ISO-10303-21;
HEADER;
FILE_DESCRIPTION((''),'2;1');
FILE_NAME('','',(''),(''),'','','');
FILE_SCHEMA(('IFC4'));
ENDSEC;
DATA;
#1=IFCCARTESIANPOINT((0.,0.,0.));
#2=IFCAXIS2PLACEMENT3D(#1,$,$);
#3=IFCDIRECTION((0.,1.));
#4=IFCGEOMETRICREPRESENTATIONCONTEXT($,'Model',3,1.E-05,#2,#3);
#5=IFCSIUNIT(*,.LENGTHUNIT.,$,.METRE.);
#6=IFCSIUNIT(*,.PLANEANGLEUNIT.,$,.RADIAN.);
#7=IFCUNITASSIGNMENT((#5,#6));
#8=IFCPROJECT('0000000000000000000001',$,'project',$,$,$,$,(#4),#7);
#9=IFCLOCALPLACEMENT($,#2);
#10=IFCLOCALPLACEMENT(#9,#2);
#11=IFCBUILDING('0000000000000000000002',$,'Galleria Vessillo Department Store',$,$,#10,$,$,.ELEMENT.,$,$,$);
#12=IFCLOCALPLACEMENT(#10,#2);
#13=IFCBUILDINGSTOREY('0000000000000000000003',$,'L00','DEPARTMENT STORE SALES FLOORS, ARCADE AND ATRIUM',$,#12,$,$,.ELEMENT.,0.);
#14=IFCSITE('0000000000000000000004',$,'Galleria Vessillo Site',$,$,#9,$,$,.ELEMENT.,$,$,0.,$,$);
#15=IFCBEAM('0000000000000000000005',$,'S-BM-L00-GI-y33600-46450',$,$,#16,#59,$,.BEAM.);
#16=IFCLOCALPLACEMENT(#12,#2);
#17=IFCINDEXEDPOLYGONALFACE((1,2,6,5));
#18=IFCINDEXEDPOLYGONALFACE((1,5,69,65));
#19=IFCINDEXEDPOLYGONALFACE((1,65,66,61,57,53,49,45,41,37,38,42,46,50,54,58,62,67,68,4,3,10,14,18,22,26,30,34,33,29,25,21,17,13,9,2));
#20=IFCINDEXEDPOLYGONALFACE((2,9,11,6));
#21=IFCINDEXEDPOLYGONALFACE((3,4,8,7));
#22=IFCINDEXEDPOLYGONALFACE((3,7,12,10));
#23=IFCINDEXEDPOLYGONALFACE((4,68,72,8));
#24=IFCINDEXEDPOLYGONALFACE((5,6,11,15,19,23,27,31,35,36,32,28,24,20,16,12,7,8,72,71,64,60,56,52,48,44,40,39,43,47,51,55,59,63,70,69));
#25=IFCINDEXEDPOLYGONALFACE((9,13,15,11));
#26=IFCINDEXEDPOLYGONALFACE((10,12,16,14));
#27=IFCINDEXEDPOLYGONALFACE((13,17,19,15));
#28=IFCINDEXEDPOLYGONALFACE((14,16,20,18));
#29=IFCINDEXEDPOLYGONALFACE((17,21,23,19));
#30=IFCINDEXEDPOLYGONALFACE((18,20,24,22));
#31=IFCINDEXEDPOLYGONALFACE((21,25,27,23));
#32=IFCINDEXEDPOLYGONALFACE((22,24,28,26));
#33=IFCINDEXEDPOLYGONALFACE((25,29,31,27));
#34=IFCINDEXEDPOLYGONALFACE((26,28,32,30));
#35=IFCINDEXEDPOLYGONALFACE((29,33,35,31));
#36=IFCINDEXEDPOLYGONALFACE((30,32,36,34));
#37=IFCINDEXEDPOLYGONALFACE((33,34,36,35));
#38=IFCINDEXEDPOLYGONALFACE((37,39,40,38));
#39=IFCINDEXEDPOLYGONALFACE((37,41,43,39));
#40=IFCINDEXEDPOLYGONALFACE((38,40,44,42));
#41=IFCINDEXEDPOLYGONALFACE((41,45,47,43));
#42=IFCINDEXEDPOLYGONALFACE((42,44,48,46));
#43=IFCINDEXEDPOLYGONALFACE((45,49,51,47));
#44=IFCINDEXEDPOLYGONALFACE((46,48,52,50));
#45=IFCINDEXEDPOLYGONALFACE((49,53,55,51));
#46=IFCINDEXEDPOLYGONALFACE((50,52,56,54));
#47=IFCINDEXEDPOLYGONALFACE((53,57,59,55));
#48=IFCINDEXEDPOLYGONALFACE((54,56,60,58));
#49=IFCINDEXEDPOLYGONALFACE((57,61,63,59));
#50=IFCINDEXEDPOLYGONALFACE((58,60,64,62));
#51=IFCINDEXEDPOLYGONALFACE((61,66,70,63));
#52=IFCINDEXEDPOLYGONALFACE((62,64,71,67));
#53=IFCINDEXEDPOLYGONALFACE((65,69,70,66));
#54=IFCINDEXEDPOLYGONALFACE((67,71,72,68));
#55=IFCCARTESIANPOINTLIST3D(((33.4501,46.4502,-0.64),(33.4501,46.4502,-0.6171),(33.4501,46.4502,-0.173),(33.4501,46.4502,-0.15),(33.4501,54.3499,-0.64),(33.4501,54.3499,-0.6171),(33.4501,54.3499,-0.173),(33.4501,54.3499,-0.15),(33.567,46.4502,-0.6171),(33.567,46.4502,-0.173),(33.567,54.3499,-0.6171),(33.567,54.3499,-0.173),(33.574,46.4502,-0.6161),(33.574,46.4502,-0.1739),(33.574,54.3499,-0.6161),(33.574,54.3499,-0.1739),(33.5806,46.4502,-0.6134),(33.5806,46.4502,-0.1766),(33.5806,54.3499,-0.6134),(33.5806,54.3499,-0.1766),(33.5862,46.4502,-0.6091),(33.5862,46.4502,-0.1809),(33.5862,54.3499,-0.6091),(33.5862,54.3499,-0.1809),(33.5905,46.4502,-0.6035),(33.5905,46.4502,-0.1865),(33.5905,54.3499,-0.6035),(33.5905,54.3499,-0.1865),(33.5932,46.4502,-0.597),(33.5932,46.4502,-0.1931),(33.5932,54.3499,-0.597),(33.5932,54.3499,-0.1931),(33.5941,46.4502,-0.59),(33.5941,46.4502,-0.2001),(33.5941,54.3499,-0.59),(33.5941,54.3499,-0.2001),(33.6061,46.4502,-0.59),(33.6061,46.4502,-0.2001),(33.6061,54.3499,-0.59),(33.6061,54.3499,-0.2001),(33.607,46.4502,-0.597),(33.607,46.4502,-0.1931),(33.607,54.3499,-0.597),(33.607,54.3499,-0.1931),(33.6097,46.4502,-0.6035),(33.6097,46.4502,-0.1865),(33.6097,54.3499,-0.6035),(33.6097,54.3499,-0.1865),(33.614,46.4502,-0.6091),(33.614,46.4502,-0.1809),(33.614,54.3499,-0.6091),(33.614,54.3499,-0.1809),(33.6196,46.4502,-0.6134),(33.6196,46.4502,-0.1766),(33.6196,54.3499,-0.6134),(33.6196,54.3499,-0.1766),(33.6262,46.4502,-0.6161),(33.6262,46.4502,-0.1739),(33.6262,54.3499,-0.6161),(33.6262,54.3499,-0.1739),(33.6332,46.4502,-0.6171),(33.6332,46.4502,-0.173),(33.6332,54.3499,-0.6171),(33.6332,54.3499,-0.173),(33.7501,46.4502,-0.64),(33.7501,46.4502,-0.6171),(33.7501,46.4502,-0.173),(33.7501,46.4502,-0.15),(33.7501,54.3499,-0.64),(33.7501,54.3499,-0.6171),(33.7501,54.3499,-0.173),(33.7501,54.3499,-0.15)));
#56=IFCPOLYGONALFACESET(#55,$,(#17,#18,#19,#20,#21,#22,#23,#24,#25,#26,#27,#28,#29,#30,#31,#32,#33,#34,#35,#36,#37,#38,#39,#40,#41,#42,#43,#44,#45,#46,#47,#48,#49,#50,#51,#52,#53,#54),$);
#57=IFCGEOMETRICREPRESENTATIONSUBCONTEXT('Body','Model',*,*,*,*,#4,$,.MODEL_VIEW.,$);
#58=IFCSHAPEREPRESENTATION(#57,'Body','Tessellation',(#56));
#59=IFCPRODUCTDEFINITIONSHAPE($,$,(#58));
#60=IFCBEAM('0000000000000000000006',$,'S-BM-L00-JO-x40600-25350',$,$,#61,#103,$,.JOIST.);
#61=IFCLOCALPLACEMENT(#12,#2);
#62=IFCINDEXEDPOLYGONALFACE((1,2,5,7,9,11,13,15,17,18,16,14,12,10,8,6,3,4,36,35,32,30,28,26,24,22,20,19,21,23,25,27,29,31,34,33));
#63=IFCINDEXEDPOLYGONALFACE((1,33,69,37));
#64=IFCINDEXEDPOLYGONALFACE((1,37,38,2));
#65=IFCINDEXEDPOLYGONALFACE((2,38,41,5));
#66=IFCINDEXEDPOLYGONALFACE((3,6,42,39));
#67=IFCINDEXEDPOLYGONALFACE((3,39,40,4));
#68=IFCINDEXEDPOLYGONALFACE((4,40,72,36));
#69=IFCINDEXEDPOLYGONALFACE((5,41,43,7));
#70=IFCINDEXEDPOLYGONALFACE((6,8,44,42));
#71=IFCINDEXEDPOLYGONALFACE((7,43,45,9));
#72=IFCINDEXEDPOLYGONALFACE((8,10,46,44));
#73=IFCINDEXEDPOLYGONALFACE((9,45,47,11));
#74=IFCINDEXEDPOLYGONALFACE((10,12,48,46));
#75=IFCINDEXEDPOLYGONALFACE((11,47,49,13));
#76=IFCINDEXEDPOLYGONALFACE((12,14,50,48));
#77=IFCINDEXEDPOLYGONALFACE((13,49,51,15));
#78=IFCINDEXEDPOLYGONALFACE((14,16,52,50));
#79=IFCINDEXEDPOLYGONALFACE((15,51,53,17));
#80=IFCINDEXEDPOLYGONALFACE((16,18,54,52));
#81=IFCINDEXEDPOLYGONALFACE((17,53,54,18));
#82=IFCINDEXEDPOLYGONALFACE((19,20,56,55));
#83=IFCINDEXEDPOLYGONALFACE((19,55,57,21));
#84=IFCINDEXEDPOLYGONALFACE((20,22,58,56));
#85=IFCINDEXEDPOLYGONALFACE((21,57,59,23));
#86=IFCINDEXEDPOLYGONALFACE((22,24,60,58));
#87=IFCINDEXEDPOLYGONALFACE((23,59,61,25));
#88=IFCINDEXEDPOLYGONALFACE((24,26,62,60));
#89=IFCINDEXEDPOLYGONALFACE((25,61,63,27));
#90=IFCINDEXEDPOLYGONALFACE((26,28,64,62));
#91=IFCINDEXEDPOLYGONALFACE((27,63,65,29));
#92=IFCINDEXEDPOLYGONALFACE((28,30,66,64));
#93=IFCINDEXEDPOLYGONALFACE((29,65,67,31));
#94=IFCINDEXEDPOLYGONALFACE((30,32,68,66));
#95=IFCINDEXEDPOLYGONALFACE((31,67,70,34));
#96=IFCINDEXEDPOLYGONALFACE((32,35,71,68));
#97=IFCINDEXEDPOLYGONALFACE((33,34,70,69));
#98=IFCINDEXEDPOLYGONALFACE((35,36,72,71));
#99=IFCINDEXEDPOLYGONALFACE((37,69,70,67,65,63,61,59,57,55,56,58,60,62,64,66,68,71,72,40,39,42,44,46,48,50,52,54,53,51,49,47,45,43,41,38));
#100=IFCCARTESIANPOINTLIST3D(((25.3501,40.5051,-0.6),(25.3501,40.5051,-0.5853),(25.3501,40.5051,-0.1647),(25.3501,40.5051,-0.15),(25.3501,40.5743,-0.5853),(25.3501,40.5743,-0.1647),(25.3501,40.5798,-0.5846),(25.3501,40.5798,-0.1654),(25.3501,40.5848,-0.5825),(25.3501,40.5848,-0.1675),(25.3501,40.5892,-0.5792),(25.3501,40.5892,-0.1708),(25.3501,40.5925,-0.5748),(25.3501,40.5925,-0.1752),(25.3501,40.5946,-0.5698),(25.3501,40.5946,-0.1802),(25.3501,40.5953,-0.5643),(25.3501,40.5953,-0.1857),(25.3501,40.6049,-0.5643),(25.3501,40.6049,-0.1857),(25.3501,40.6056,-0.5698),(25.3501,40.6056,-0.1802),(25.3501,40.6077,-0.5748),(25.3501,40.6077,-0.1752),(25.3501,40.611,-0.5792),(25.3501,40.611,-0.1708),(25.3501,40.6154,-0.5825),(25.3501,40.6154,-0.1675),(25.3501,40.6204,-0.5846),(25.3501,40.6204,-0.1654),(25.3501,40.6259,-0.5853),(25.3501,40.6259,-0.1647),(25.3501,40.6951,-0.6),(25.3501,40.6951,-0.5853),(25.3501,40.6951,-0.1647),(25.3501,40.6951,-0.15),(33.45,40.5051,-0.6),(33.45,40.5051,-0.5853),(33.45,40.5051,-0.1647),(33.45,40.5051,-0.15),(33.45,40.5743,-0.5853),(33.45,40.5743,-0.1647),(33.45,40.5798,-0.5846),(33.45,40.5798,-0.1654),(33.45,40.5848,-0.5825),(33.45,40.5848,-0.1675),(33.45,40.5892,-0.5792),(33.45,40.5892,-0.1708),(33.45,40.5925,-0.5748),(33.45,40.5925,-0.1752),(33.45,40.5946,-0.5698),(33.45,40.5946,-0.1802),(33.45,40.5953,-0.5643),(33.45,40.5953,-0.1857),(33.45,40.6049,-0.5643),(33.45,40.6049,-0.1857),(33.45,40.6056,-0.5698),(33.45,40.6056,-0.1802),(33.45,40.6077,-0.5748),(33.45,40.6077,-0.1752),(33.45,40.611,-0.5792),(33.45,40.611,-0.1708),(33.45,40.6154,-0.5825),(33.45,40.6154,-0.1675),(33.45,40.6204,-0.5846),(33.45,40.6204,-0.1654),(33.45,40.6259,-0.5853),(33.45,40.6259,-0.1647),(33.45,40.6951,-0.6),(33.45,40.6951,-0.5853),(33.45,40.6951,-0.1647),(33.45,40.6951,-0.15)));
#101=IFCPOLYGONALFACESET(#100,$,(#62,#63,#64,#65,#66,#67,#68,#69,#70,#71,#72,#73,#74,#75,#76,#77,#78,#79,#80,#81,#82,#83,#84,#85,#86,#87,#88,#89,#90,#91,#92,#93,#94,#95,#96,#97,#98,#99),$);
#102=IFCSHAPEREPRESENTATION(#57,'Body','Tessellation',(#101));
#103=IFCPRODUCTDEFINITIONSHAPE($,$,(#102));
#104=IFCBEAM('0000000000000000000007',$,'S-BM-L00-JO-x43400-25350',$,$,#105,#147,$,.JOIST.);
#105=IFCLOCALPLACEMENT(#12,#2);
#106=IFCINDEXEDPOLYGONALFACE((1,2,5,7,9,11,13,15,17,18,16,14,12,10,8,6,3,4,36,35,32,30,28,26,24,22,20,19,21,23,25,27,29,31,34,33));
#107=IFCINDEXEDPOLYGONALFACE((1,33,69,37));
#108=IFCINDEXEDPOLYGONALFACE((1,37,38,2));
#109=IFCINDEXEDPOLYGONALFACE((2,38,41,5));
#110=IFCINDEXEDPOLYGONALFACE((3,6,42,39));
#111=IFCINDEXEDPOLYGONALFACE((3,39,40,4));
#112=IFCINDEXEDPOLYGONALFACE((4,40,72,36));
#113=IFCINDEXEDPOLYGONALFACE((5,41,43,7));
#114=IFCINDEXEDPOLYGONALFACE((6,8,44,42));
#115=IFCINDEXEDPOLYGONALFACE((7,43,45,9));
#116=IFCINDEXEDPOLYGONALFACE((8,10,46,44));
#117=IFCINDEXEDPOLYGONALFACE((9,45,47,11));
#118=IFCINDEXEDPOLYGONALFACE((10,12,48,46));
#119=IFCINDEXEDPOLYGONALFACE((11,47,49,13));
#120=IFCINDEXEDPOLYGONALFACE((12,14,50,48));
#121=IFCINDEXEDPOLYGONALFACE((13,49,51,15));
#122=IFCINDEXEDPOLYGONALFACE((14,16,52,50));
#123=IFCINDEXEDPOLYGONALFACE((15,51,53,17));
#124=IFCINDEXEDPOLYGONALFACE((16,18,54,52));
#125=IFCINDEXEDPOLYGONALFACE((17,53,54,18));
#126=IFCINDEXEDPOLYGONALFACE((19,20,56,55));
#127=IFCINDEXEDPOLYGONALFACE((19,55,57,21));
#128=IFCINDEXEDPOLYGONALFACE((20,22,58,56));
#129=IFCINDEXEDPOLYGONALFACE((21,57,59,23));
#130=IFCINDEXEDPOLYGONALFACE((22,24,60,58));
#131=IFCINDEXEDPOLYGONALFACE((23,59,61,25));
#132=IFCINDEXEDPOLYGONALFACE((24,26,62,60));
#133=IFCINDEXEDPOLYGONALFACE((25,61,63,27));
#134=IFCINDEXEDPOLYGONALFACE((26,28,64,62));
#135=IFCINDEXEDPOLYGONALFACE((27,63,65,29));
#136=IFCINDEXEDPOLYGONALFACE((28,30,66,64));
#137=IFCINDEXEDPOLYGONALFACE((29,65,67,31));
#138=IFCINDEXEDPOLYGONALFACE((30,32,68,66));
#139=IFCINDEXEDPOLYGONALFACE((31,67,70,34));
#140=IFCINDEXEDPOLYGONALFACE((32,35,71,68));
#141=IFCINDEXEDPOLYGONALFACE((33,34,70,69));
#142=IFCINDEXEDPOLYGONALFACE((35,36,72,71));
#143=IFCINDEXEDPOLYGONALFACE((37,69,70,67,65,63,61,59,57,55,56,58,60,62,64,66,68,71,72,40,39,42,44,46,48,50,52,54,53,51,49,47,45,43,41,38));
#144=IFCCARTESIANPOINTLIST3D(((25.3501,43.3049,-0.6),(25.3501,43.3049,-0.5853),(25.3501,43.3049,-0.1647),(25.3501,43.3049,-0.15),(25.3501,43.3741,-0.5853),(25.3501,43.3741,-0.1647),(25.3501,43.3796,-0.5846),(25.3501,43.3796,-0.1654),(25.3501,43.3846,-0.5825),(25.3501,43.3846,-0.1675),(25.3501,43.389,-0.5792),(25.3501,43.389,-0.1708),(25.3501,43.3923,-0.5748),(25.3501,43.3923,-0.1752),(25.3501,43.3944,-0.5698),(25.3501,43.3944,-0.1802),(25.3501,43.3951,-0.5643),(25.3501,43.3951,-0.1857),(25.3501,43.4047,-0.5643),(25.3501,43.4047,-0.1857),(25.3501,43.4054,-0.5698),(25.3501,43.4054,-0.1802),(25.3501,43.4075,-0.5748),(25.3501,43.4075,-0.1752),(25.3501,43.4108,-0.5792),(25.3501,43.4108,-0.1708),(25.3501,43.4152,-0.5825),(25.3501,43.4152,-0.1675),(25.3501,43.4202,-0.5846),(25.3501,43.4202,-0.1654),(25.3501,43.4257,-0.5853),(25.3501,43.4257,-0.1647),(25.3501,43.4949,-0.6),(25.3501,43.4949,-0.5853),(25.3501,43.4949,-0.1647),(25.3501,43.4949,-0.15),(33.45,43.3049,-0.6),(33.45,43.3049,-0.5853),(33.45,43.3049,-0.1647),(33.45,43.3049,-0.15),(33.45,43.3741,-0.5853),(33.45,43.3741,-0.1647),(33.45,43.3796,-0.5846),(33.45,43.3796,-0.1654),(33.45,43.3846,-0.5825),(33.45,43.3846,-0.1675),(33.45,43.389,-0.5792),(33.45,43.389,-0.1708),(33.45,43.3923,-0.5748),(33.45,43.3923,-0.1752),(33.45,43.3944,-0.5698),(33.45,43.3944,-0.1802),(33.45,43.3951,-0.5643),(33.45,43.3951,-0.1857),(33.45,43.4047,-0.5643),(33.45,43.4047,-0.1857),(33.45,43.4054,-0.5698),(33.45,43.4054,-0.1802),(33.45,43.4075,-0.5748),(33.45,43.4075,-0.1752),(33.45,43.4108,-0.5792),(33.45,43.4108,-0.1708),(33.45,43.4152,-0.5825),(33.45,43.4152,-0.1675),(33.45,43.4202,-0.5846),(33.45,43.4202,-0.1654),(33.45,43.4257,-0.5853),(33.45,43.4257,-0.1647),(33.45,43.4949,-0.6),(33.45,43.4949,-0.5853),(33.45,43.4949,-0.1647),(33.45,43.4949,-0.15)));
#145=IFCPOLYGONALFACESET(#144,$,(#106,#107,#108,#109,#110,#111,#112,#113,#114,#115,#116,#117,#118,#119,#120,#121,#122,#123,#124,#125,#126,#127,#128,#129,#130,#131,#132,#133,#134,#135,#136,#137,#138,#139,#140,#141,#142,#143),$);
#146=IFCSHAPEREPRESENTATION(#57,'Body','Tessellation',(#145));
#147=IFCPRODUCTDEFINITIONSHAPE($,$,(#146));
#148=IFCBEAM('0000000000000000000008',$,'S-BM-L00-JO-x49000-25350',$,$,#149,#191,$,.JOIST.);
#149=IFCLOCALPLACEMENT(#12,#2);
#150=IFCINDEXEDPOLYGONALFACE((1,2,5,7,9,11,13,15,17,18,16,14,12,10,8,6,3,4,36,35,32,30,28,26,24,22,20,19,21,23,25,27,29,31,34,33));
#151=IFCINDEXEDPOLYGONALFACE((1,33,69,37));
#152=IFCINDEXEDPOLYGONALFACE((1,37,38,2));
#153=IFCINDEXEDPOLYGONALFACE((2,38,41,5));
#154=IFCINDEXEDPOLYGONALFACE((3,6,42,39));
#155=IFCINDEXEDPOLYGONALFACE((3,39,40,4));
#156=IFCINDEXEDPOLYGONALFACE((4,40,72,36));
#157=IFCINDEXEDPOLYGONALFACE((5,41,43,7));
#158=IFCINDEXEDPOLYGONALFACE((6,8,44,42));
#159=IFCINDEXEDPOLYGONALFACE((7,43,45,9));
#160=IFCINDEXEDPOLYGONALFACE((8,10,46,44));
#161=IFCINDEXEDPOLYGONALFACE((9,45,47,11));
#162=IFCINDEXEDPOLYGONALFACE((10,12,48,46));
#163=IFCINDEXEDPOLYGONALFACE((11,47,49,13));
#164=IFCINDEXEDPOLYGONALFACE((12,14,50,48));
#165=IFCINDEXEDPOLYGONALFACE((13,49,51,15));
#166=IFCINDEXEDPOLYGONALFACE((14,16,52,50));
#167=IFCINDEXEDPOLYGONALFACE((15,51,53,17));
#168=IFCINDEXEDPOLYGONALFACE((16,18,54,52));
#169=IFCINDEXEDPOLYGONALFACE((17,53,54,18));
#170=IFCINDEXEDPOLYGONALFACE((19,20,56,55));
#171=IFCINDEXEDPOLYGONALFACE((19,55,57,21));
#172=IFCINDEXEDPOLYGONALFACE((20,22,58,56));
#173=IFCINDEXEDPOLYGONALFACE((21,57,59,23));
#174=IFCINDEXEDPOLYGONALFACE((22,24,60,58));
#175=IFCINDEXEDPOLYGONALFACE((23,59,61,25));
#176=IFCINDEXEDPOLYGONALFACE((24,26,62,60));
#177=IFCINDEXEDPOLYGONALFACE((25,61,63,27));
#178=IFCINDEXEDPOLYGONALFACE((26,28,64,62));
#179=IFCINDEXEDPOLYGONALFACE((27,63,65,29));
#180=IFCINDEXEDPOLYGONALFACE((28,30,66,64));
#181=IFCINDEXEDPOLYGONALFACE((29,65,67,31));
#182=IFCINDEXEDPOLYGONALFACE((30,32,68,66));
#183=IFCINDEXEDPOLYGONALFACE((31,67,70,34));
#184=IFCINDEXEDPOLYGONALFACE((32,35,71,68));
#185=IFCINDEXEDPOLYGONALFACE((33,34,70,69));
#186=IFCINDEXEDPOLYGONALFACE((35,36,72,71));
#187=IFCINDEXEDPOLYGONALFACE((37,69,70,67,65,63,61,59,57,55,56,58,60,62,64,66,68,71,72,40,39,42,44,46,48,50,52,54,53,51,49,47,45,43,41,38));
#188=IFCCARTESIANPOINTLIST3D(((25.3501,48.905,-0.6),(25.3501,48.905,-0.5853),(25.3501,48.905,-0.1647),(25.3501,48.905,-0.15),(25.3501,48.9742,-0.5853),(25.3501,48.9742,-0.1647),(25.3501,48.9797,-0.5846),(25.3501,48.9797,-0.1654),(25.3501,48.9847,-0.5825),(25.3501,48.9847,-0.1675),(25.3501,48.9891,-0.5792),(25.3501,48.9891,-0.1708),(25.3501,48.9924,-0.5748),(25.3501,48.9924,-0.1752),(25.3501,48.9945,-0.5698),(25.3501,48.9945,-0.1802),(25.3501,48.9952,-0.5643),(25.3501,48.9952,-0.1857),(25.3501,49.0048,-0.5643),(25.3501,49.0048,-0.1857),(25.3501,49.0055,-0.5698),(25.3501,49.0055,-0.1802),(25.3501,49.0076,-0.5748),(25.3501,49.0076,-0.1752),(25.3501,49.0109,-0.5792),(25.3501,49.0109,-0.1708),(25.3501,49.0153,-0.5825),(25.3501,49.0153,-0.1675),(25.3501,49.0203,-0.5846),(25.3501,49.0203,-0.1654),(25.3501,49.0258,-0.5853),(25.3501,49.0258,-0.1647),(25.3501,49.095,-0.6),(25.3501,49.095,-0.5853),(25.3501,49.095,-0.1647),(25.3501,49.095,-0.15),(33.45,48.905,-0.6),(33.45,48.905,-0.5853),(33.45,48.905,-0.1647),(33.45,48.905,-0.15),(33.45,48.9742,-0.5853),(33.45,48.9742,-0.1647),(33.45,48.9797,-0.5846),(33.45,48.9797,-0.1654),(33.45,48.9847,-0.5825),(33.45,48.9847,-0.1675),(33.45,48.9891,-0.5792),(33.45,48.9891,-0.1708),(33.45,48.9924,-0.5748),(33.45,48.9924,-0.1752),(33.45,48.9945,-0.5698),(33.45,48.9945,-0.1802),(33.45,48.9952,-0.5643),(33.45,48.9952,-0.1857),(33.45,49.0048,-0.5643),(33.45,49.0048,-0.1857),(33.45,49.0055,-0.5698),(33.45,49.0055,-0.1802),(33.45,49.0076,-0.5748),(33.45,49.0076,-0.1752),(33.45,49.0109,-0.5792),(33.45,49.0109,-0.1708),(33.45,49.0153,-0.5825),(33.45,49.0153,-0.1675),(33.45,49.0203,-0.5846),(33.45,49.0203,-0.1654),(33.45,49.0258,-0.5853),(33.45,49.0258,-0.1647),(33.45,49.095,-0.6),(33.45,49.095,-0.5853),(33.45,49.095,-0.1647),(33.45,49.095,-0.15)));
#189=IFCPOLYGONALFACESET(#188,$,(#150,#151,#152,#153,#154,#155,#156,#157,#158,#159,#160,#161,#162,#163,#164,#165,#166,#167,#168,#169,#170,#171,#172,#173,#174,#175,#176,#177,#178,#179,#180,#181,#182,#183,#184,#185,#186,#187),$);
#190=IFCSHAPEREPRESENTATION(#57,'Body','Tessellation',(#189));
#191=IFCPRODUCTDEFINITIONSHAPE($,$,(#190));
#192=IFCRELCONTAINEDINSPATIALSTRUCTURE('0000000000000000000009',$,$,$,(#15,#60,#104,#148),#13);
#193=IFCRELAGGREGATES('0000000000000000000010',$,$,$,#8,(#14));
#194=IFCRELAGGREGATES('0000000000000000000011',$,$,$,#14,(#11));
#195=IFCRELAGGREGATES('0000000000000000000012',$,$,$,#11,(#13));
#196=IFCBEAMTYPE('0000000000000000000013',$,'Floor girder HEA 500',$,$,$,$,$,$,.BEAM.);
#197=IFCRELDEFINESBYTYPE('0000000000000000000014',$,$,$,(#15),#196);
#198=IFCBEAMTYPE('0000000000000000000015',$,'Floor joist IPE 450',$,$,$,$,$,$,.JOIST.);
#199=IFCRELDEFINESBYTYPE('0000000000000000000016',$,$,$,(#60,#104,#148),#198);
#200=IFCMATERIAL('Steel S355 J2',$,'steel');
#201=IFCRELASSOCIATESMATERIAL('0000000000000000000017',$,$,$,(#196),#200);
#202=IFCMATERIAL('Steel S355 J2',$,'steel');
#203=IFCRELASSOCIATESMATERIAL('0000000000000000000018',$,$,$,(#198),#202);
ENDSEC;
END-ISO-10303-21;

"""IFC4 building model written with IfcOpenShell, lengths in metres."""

from ifc_helpers import new_model, si_unit, direction, frame, origin, origin_2d, place, context, subcontext, project, spatial, i_section, extrude, material, material_profile, profile_set, type_object, element, save


model = new_model("IFC4")

# Units and contexts
model_context = context("Model", 3, precision=1e-05, world=origin(), true_north=direction((0.0, 1.0)))
body_context = subcontext(model_context, "Body", "Model", "MODEL_VIEW")
ifc_project = project(units=[si_unit("LENGTHUNIT", "METRE"), si_unit("PLANEANGLEUNIT", "RADIAN")], contexts=[model_context])

# Site, building, storey
site_placement = place(None, origin())
site = spatial("IfcSite", under=ifc_project, at=site_placement, Name="Galleria Vessillo Site", CompositionType="ELEMENT", RefElevation=0.0)
building_placement = place(site_placement, origin())
building = spatial("IfcBuilding", under=site, at=building_placement, Name="Galleria Vessillo Department Store", CompositionType="ELEMENT")
storey_placement = place(building_placement, origin())
storey = spatial("IfcBuildingStorey", under=building, at=storey_placement, Name="L00", Description="DEPARTMENT STORE SALES FLOORS, ARCADE AND ATRIUM", CompositionType="ELEMENT", Elevation=0.0)

# Beams
ifc_material_1 = material(Name="Steel S355 J2", Category="steel")
ifc_material_profile_1 = material_profile(ifc_material_1, i_section(OverallWidth=0.3, OverallDepth=0.49, WebThickness=0.012, FlangeThickness=0.0229, FilletRadius=0.0271, at=origin_2d()), Name="HEA 500")
ifc_profile_set_1 = profile_set([ifc_material_profile_1], Name="Steel S355 J2")
beam_type_1 = type_object("IfcBeamType", Name="Floor girder HEA 500", PredefinedType="BEAM", material=ifc_profile_set_1)
for number, where, z_axis, x_axis, name in (
    (1, (33.6001, 46.4502, -0.395), (0.0, 1.0, 0.0), (-1.0, 0.0, 0.0), "S-BM-L00-GI-y33600-46450"),
):
    element("IfcBeam", number, at=place(storey_placement, frame(where, z_axis=z_axis, x_axis=x_axis)), inside=storey, type_object=beam_type_1, Name=name, PredefinedType="BEAM", context=body_context, shape_type="SweptSolid", body=[
        extrude(i_section(OverallWidth=0.3, OverallDepth=0.49, WebThickness=0.012, FlangeThickness=0.0229, FilletRadius=0.0271, at=origin_2d()), origin(), (0.0, 0.0, 1.0), 7.8997),
    ])
ifc_material_2 = material(Name="Steel S355 J2", Category="steel")
ifc_material_profile_2 = material_profile(ifc_material_2, i_section(OverallWidth=0.1899, OverallDepth=0.45, WebThickness=0.0095, FlangeThickness=0.0146, FilletRadius=0.021, at=origin_2d()), Name="IPE 450")
ifc_profile_set_2 = profile_set([ifc_material_profile_2], Name="Steel S355 J2")
beam_type_2 = type_object("IfcBeamType", Name="Floor joist IPE 450", PredefinedType="JOIST", material=ifc_profile_set_2)
for number, where, z_axis, x_axis, name in (
    (2, (25.3501, 40.6001, -0.375), (1.0, 0.0, 0.0), (0.0, 1.0, 0.0), "S-BM-L00-JO-x40600-25350"),
    (3, (25.3501, 43.3999, -0.375), (1.0, 0.0, 0.0), (0.0, 1.0, 0.0), "S-BM-L00-JO-x43400-25350"),
    (4, (25.3501, 49.0, -0.375), (1.0, 0.0, 0.0), (0.0, 1.0, 0.0), "S-BM-L00-JO-x49000-25350"),
):
    element("IfcBeam", number, at=place(storey_placement, frame(where, z_axis=z_axis, x_axis=x_axis)), inside=storey, type_object=beam_type_2, Name=name, PredefinedType="JOIST", context=body_context, shape_type="SweptSolid", body=[
        extrude(i_section(OverallWidth=0.1899, OverallDepth=0.45, WebThickness=0.0095, FlangeThickness=0.0146, FilletRadius=0.021, at=origin_2d()), origin(), (0.0, 0.0, 1.0), 8.0999),
    ])

save(model, "model.ifc")
